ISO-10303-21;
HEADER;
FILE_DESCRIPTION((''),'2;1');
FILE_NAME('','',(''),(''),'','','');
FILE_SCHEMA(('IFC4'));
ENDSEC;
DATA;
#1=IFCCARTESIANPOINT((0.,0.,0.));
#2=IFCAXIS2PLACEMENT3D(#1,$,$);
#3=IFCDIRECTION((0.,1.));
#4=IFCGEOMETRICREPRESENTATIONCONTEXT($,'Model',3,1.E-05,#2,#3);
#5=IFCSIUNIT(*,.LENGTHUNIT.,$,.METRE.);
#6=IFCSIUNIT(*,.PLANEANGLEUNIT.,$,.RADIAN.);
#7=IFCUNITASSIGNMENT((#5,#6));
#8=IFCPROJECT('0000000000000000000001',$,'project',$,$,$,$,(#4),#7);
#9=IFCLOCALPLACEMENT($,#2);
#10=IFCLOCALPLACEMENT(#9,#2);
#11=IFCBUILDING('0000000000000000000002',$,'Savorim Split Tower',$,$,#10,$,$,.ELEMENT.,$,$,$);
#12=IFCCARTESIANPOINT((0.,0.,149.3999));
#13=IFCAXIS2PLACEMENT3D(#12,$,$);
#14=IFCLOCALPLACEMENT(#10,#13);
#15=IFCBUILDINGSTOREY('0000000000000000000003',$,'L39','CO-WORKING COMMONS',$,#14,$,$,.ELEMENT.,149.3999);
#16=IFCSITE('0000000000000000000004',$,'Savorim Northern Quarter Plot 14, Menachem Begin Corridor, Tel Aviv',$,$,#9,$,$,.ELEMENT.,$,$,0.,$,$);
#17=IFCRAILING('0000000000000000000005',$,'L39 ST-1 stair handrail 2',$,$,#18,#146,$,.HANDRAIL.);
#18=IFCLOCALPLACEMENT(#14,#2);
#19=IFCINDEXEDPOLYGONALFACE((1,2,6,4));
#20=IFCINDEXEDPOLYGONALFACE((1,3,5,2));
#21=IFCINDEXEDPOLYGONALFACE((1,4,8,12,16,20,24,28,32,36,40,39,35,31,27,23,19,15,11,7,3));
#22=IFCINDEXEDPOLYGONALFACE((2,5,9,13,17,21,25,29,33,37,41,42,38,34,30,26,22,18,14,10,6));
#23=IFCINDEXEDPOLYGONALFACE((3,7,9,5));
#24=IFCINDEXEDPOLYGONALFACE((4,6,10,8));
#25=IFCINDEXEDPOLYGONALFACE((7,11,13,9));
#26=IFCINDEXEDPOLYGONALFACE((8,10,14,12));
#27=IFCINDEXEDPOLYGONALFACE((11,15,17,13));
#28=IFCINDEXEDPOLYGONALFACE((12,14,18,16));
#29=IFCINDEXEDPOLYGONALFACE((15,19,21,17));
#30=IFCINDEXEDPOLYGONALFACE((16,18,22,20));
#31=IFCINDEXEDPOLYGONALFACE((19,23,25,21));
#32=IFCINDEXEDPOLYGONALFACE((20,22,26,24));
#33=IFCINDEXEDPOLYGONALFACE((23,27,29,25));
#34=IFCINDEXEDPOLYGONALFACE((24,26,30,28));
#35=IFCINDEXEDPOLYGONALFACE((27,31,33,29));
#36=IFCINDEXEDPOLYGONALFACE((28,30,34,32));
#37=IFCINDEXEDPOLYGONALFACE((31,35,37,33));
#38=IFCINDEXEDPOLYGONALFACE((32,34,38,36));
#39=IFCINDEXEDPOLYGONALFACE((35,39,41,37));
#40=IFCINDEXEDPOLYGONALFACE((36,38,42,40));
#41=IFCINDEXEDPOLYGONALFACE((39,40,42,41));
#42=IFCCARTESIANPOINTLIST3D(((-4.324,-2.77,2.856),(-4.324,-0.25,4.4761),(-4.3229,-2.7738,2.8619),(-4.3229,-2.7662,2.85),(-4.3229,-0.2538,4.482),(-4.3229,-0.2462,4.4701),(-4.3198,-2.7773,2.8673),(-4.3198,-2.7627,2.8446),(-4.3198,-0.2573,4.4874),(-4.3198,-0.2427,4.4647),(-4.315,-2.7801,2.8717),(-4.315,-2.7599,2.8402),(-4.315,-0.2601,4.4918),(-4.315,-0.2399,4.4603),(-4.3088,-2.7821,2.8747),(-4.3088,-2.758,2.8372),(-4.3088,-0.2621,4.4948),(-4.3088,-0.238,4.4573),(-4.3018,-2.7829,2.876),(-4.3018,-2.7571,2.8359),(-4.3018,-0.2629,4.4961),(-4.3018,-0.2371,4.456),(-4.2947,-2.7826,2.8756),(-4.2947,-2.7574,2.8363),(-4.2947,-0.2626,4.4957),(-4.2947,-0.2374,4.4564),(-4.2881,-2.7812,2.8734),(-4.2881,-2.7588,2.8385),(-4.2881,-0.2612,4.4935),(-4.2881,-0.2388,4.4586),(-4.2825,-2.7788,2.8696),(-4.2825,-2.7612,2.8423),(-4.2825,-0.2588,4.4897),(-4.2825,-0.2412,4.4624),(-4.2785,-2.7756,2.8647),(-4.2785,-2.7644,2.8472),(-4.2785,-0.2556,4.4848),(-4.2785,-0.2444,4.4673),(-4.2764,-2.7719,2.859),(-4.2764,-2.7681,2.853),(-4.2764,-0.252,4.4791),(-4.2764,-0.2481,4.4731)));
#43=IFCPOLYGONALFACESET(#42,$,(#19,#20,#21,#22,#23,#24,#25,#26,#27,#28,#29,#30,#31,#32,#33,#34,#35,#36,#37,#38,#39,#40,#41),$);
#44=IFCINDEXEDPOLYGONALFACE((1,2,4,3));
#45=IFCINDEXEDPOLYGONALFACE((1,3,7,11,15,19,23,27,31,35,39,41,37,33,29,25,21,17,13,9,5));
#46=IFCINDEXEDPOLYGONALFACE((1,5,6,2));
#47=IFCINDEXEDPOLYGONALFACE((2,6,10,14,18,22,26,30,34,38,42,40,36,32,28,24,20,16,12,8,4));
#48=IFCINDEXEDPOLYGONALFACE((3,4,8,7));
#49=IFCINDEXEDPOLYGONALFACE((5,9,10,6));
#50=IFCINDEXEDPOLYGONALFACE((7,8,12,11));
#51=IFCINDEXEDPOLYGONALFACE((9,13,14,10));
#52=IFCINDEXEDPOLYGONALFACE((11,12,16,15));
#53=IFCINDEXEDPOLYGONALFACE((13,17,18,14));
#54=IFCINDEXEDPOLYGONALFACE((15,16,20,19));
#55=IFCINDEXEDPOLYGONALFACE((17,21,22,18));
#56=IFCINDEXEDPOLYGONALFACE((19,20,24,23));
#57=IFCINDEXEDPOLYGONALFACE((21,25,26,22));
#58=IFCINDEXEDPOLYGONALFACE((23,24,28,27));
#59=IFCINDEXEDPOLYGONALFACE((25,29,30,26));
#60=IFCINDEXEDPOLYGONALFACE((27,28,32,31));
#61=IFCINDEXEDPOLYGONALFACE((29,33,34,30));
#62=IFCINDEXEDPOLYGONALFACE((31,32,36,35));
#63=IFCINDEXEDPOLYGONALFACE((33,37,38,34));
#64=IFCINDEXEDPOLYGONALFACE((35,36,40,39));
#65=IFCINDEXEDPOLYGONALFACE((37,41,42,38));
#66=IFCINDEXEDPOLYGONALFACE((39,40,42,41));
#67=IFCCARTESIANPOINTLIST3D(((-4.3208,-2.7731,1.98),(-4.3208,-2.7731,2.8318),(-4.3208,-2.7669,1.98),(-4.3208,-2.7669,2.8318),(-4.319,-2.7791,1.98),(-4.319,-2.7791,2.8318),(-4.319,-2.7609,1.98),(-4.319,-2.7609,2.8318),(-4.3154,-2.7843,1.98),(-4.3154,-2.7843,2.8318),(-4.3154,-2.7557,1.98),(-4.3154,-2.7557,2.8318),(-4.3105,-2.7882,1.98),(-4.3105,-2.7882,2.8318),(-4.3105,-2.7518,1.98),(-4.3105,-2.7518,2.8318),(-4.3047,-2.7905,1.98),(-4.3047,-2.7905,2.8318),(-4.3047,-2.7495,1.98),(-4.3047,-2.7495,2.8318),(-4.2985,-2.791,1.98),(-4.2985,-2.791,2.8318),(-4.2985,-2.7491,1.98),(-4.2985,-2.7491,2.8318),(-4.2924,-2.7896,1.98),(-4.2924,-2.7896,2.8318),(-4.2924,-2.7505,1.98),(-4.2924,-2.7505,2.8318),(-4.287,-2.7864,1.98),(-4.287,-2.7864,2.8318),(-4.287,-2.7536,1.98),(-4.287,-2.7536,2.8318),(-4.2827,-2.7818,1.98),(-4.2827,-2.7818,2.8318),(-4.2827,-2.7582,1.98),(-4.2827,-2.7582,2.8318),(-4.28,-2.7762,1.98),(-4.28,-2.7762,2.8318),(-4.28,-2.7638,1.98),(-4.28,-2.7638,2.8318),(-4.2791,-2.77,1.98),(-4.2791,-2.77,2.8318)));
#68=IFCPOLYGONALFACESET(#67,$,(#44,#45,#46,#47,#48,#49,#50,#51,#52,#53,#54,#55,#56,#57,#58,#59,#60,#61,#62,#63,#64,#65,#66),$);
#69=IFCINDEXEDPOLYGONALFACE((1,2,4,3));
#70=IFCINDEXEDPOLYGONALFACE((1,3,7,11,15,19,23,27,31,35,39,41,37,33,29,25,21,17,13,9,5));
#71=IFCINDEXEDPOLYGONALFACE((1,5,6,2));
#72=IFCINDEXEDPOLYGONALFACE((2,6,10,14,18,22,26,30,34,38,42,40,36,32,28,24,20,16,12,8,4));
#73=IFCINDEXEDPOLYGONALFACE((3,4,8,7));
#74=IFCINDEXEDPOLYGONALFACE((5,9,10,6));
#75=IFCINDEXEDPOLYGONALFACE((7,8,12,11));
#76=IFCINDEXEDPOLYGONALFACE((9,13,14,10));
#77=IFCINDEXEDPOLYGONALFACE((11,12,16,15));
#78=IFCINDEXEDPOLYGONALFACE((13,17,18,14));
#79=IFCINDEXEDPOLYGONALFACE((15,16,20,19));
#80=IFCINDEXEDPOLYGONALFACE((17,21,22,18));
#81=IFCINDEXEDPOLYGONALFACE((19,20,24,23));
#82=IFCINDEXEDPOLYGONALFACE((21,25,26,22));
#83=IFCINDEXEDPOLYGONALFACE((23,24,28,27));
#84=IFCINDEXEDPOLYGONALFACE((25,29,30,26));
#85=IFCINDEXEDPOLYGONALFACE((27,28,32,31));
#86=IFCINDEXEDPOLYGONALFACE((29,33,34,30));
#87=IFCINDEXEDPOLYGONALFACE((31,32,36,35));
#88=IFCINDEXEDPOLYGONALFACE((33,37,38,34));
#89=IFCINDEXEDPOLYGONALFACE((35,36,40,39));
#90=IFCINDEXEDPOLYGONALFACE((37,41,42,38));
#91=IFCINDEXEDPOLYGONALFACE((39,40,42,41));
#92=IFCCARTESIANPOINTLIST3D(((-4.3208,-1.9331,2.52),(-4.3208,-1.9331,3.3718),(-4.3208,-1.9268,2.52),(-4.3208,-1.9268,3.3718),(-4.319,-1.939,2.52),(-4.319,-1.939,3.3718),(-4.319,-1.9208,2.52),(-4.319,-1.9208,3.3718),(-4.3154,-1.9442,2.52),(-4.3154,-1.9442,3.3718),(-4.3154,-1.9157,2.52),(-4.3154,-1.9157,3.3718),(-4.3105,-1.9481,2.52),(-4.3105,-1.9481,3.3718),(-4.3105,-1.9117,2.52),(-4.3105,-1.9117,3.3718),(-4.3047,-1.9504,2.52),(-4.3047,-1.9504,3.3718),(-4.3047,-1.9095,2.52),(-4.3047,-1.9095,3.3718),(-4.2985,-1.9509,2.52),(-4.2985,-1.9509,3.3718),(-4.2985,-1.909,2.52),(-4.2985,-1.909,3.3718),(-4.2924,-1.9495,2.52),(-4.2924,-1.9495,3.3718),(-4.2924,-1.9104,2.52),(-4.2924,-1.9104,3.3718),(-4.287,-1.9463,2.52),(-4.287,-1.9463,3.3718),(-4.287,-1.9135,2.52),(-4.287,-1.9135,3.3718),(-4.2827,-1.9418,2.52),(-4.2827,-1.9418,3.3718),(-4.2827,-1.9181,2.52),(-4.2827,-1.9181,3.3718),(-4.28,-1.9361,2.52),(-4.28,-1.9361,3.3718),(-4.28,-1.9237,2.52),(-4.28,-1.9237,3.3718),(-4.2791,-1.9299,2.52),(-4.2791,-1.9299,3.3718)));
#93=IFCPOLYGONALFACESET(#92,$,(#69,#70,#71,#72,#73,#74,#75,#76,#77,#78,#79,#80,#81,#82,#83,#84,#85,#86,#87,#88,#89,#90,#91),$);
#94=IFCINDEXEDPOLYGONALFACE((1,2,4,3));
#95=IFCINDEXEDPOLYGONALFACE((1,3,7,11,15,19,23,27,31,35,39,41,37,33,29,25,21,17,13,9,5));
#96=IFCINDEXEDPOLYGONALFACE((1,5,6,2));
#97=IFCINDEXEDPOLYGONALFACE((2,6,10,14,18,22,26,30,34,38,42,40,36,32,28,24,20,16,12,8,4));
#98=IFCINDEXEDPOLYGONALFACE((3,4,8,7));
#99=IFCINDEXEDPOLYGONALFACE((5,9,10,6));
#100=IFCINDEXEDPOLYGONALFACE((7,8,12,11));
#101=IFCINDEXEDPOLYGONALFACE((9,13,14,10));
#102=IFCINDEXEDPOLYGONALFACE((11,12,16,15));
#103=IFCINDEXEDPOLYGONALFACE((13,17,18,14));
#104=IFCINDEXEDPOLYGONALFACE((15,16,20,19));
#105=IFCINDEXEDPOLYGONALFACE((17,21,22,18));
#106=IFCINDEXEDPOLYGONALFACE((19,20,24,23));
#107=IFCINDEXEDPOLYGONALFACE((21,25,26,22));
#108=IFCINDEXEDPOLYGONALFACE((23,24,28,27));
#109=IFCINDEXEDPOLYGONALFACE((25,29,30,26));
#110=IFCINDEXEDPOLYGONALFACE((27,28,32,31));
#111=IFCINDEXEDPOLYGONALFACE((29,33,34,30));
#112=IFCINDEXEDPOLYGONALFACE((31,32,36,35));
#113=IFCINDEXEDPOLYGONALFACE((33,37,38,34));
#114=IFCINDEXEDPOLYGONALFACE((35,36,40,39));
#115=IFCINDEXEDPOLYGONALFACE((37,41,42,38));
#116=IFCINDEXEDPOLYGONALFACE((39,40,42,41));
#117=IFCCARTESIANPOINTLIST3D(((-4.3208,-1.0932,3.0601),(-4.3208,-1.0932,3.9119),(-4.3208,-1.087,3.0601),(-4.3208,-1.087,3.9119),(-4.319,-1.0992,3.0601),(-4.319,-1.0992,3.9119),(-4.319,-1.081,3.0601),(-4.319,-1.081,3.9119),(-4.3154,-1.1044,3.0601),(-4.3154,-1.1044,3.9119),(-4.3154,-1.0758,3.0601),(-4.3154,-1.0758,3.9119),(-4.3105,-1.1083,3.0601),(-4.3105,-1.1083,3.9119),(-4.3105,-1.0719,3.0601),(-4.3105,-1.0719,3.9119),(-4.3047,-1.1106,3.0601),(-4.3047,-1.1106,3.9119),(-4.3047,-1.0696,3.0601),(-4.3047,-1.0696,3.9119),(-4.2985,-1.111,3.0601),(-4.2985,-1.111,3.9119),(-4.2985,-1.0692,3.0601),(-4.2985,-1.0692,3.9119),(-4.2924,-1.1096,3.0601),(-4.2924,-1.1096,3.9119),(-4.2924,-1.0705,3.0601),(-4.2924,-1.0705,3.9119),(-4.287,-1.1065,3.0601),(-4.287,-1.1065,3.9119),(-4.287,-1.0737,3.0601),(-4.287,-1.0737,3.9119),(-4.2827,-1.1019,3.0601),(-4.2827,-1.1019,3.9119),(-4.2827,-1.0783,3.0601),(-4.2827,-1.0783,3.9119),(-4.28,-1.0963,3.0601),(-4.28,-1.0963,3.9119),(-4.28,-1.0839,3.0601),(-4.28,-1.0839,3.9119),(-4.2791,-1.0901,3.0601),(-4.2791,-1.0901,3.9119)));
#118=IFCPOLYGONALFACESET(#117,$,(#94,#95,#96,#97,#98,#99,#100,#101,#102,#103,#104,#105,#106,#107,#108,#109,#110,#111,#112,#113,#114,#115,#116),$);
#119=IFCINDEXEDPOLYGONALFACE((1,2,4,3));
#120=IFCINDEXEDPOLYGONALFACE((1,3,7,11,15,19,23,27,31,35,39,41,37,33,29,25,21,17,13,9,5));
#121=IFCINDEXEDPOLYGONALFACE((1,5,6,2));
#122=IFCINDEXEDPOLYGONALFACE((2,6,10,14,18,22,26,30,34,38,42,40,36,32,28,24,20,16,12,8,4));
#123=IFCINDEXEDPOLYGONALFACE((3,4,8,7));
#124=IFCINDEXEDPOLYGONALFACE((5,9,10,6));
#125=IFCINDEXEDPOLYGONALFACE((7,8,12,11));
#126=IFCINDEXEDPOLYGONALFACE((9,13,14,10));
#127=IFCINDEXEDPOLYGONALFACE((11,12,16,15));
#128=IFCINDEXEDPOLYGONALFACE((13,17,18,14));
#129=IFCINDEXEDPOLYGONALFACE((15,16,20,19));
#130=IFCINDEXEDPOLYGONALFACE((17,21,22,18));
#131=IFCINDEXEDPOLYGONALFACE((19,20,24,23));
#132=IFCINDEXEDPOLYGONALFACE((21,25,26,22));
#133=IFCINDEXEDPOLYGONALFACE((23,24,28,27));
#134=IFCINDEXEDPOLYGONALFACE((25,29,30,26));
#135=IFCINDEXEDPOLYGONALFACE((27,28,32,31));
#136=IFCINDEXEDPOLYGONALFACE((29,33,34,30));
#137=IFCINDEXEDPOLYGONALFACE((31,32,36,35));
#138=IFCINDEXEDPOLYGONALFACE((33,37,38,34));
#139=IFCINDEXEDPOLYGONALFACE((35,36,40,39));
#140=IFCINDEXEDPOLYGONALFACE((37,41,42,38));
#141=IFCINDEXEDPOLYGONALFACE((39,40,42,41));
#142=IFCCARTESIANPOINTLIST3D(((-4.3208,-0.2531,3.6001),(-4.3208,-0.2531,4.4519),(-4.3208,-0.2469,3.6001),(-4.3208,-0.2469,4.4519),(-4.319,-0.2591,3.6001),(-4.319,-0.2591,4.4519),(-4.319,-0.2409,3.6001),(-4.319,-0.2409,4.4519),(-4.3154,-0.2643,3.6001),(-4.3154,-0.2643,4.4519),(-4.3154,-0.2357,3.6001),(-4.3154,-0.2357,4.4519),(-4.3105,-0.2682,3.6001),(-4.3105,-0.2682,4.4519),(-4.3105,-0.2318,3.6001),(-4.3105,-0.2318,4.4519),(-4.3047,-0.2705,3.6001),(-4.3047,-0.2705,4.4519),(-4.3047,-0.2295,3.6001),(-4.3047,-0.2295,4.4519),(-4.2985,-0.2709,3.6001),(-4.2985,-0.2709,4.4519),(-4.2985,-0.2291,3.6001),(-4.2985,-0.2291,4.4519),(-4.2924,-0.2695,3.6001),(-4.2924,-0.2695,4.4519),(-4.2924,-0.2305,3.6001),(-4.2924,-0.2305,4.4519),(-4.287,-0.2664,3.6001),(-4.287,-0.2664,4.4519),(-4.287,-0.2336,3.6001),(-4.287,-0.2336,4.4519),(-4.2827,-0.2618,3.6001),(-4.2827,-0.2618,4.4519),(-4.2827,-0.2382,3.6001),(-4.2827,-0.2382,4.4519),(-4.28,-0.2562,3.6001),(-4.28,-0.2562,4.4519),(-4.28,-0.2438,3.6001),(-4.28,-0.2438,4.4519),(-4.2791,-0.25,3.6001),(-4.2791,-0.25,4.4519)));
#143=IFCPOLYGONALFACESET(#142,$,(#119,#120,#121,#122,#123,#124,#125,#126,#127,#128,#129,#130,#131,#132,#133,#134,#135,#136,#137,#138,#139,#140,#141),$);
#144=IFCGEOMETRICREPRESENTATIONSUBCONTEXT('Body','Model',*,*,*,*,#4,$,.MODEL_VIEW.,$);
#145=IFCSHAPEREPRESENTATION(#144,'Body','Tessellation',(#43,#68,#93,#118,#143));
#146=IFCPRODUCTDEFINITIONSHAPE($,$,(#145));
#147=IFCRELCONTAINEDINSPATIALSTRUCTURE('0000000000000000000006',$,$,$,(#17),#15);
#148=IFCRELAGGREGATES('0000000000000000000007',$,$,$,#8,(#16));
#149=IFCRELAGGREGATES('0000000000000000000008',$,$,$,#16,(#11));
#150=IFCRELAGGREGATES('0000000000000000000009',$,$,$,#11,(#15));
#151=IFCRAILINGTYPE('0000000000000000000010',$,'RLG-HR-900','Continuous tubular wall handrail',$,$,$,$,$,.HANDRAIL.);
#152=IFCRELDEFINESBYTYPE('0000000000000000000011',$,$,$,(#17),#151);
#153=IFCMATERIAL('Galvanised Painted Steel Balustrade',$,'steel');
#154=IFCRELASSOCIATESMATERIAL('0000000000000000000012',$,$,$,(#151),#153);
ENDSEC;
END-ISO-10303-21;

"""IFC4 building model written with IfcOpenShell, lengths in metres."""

from ifc_helpers import new_model, si_unit, direction, frame, origin, origin_2d, place, context, subcontext, project, spatial, circle, extrude, material, type_object, element, save


model = new_model("IFC4")

# Units and contexts
model_context = context("Model", 3, precision=1e-05, world=origin(), true_north=direction((0.0, 1.0)))
body_context = subcontext(model_context, "Body", "Model", "MODEL_VIEW")
ifc_project = project(units=[si_unit("LENGTHUNIT", "METRE"), si_unit("PLANEANGLEUNIT", "RADIAN")], contexts=[model_context])

# Site, building, storey
site_placement = place(None, origin())
site = spatial("IfcSite", under=ifc_project, at=site_placement, Name="Savorim Northern Quarter Plot 14, Menachem Begin Corridor, Tel Aviv", CompositionType="ELEMENT", RefElevation=0.0)
building_placement = place(site_placement, origin())
building = spatial("IfcBuilding", under=site, at=building_placement, Name="Savorim Split Tower", CompositionType="ELEMENT")
storey_placement = place(building_placement, frame((0.0, 0.0, 149.3999)))
storey = spatial("IfcBuildingStorey", under=building, at=storey_placement, Name="L39", Description="CO-WORKING COMMONS", CompositionType="ELEMENT", Elevation=149.3999)

# Railing
ifc_material_1 = material(Name="Galvanised Painted Steel Balustrade", Category="steel")
railing_type_1 = type_object("IfcRailingType", Name="RLG-HR-900", Description="Continuous tubular wall handrail", PredefinedType="HANDRAIL", material=ifc_material_1)
railing_1_placement = place(storey_placement, frame((-4.3, -2.77, 1.98)))
element("IfcRailing", 1, at=railing_1_placement, inside=storey, type_object=railing_type_1, Name="L39 ST-1 stair handrail 2", PredefinedType="HANDRAIL", context=body_context, shape_type="SweptSolid", body=[
    extrude(circle(Radius=0.0239, at=origin_2d()), frame((0.0, 0.0, 0.876), z_axis=(0.0, 0.841163, 0.540782), x_axis=(-1.0, 0.0, 0.0)), (0.0, 0.0, 1.0), 2.9958),
    extrude(circle(Radius=0.021, at=origin_2d()), origin(), (0.0, 0.0, 1.0), 0.8518),
    extrude(circle(Radius=0.021, at=origin_2d()), frame((0.0, 0.8401, 0.54)), (0.0, 0.0, 1.0), 0.8518),
    extrude(circle(Radius=0.021, at=origin_2d()), frame((0.0, 1.6799, 1.0801)), (0.0, 0.0, 1.0), 0.8518),
    extrude(circle(Radius=0.021, at=origin_2d()), frame((0.0, 2.52, 1.6201)), (0.0, 0.0, 1.0), 0.8518),
])

save(model, "model.ifc")
